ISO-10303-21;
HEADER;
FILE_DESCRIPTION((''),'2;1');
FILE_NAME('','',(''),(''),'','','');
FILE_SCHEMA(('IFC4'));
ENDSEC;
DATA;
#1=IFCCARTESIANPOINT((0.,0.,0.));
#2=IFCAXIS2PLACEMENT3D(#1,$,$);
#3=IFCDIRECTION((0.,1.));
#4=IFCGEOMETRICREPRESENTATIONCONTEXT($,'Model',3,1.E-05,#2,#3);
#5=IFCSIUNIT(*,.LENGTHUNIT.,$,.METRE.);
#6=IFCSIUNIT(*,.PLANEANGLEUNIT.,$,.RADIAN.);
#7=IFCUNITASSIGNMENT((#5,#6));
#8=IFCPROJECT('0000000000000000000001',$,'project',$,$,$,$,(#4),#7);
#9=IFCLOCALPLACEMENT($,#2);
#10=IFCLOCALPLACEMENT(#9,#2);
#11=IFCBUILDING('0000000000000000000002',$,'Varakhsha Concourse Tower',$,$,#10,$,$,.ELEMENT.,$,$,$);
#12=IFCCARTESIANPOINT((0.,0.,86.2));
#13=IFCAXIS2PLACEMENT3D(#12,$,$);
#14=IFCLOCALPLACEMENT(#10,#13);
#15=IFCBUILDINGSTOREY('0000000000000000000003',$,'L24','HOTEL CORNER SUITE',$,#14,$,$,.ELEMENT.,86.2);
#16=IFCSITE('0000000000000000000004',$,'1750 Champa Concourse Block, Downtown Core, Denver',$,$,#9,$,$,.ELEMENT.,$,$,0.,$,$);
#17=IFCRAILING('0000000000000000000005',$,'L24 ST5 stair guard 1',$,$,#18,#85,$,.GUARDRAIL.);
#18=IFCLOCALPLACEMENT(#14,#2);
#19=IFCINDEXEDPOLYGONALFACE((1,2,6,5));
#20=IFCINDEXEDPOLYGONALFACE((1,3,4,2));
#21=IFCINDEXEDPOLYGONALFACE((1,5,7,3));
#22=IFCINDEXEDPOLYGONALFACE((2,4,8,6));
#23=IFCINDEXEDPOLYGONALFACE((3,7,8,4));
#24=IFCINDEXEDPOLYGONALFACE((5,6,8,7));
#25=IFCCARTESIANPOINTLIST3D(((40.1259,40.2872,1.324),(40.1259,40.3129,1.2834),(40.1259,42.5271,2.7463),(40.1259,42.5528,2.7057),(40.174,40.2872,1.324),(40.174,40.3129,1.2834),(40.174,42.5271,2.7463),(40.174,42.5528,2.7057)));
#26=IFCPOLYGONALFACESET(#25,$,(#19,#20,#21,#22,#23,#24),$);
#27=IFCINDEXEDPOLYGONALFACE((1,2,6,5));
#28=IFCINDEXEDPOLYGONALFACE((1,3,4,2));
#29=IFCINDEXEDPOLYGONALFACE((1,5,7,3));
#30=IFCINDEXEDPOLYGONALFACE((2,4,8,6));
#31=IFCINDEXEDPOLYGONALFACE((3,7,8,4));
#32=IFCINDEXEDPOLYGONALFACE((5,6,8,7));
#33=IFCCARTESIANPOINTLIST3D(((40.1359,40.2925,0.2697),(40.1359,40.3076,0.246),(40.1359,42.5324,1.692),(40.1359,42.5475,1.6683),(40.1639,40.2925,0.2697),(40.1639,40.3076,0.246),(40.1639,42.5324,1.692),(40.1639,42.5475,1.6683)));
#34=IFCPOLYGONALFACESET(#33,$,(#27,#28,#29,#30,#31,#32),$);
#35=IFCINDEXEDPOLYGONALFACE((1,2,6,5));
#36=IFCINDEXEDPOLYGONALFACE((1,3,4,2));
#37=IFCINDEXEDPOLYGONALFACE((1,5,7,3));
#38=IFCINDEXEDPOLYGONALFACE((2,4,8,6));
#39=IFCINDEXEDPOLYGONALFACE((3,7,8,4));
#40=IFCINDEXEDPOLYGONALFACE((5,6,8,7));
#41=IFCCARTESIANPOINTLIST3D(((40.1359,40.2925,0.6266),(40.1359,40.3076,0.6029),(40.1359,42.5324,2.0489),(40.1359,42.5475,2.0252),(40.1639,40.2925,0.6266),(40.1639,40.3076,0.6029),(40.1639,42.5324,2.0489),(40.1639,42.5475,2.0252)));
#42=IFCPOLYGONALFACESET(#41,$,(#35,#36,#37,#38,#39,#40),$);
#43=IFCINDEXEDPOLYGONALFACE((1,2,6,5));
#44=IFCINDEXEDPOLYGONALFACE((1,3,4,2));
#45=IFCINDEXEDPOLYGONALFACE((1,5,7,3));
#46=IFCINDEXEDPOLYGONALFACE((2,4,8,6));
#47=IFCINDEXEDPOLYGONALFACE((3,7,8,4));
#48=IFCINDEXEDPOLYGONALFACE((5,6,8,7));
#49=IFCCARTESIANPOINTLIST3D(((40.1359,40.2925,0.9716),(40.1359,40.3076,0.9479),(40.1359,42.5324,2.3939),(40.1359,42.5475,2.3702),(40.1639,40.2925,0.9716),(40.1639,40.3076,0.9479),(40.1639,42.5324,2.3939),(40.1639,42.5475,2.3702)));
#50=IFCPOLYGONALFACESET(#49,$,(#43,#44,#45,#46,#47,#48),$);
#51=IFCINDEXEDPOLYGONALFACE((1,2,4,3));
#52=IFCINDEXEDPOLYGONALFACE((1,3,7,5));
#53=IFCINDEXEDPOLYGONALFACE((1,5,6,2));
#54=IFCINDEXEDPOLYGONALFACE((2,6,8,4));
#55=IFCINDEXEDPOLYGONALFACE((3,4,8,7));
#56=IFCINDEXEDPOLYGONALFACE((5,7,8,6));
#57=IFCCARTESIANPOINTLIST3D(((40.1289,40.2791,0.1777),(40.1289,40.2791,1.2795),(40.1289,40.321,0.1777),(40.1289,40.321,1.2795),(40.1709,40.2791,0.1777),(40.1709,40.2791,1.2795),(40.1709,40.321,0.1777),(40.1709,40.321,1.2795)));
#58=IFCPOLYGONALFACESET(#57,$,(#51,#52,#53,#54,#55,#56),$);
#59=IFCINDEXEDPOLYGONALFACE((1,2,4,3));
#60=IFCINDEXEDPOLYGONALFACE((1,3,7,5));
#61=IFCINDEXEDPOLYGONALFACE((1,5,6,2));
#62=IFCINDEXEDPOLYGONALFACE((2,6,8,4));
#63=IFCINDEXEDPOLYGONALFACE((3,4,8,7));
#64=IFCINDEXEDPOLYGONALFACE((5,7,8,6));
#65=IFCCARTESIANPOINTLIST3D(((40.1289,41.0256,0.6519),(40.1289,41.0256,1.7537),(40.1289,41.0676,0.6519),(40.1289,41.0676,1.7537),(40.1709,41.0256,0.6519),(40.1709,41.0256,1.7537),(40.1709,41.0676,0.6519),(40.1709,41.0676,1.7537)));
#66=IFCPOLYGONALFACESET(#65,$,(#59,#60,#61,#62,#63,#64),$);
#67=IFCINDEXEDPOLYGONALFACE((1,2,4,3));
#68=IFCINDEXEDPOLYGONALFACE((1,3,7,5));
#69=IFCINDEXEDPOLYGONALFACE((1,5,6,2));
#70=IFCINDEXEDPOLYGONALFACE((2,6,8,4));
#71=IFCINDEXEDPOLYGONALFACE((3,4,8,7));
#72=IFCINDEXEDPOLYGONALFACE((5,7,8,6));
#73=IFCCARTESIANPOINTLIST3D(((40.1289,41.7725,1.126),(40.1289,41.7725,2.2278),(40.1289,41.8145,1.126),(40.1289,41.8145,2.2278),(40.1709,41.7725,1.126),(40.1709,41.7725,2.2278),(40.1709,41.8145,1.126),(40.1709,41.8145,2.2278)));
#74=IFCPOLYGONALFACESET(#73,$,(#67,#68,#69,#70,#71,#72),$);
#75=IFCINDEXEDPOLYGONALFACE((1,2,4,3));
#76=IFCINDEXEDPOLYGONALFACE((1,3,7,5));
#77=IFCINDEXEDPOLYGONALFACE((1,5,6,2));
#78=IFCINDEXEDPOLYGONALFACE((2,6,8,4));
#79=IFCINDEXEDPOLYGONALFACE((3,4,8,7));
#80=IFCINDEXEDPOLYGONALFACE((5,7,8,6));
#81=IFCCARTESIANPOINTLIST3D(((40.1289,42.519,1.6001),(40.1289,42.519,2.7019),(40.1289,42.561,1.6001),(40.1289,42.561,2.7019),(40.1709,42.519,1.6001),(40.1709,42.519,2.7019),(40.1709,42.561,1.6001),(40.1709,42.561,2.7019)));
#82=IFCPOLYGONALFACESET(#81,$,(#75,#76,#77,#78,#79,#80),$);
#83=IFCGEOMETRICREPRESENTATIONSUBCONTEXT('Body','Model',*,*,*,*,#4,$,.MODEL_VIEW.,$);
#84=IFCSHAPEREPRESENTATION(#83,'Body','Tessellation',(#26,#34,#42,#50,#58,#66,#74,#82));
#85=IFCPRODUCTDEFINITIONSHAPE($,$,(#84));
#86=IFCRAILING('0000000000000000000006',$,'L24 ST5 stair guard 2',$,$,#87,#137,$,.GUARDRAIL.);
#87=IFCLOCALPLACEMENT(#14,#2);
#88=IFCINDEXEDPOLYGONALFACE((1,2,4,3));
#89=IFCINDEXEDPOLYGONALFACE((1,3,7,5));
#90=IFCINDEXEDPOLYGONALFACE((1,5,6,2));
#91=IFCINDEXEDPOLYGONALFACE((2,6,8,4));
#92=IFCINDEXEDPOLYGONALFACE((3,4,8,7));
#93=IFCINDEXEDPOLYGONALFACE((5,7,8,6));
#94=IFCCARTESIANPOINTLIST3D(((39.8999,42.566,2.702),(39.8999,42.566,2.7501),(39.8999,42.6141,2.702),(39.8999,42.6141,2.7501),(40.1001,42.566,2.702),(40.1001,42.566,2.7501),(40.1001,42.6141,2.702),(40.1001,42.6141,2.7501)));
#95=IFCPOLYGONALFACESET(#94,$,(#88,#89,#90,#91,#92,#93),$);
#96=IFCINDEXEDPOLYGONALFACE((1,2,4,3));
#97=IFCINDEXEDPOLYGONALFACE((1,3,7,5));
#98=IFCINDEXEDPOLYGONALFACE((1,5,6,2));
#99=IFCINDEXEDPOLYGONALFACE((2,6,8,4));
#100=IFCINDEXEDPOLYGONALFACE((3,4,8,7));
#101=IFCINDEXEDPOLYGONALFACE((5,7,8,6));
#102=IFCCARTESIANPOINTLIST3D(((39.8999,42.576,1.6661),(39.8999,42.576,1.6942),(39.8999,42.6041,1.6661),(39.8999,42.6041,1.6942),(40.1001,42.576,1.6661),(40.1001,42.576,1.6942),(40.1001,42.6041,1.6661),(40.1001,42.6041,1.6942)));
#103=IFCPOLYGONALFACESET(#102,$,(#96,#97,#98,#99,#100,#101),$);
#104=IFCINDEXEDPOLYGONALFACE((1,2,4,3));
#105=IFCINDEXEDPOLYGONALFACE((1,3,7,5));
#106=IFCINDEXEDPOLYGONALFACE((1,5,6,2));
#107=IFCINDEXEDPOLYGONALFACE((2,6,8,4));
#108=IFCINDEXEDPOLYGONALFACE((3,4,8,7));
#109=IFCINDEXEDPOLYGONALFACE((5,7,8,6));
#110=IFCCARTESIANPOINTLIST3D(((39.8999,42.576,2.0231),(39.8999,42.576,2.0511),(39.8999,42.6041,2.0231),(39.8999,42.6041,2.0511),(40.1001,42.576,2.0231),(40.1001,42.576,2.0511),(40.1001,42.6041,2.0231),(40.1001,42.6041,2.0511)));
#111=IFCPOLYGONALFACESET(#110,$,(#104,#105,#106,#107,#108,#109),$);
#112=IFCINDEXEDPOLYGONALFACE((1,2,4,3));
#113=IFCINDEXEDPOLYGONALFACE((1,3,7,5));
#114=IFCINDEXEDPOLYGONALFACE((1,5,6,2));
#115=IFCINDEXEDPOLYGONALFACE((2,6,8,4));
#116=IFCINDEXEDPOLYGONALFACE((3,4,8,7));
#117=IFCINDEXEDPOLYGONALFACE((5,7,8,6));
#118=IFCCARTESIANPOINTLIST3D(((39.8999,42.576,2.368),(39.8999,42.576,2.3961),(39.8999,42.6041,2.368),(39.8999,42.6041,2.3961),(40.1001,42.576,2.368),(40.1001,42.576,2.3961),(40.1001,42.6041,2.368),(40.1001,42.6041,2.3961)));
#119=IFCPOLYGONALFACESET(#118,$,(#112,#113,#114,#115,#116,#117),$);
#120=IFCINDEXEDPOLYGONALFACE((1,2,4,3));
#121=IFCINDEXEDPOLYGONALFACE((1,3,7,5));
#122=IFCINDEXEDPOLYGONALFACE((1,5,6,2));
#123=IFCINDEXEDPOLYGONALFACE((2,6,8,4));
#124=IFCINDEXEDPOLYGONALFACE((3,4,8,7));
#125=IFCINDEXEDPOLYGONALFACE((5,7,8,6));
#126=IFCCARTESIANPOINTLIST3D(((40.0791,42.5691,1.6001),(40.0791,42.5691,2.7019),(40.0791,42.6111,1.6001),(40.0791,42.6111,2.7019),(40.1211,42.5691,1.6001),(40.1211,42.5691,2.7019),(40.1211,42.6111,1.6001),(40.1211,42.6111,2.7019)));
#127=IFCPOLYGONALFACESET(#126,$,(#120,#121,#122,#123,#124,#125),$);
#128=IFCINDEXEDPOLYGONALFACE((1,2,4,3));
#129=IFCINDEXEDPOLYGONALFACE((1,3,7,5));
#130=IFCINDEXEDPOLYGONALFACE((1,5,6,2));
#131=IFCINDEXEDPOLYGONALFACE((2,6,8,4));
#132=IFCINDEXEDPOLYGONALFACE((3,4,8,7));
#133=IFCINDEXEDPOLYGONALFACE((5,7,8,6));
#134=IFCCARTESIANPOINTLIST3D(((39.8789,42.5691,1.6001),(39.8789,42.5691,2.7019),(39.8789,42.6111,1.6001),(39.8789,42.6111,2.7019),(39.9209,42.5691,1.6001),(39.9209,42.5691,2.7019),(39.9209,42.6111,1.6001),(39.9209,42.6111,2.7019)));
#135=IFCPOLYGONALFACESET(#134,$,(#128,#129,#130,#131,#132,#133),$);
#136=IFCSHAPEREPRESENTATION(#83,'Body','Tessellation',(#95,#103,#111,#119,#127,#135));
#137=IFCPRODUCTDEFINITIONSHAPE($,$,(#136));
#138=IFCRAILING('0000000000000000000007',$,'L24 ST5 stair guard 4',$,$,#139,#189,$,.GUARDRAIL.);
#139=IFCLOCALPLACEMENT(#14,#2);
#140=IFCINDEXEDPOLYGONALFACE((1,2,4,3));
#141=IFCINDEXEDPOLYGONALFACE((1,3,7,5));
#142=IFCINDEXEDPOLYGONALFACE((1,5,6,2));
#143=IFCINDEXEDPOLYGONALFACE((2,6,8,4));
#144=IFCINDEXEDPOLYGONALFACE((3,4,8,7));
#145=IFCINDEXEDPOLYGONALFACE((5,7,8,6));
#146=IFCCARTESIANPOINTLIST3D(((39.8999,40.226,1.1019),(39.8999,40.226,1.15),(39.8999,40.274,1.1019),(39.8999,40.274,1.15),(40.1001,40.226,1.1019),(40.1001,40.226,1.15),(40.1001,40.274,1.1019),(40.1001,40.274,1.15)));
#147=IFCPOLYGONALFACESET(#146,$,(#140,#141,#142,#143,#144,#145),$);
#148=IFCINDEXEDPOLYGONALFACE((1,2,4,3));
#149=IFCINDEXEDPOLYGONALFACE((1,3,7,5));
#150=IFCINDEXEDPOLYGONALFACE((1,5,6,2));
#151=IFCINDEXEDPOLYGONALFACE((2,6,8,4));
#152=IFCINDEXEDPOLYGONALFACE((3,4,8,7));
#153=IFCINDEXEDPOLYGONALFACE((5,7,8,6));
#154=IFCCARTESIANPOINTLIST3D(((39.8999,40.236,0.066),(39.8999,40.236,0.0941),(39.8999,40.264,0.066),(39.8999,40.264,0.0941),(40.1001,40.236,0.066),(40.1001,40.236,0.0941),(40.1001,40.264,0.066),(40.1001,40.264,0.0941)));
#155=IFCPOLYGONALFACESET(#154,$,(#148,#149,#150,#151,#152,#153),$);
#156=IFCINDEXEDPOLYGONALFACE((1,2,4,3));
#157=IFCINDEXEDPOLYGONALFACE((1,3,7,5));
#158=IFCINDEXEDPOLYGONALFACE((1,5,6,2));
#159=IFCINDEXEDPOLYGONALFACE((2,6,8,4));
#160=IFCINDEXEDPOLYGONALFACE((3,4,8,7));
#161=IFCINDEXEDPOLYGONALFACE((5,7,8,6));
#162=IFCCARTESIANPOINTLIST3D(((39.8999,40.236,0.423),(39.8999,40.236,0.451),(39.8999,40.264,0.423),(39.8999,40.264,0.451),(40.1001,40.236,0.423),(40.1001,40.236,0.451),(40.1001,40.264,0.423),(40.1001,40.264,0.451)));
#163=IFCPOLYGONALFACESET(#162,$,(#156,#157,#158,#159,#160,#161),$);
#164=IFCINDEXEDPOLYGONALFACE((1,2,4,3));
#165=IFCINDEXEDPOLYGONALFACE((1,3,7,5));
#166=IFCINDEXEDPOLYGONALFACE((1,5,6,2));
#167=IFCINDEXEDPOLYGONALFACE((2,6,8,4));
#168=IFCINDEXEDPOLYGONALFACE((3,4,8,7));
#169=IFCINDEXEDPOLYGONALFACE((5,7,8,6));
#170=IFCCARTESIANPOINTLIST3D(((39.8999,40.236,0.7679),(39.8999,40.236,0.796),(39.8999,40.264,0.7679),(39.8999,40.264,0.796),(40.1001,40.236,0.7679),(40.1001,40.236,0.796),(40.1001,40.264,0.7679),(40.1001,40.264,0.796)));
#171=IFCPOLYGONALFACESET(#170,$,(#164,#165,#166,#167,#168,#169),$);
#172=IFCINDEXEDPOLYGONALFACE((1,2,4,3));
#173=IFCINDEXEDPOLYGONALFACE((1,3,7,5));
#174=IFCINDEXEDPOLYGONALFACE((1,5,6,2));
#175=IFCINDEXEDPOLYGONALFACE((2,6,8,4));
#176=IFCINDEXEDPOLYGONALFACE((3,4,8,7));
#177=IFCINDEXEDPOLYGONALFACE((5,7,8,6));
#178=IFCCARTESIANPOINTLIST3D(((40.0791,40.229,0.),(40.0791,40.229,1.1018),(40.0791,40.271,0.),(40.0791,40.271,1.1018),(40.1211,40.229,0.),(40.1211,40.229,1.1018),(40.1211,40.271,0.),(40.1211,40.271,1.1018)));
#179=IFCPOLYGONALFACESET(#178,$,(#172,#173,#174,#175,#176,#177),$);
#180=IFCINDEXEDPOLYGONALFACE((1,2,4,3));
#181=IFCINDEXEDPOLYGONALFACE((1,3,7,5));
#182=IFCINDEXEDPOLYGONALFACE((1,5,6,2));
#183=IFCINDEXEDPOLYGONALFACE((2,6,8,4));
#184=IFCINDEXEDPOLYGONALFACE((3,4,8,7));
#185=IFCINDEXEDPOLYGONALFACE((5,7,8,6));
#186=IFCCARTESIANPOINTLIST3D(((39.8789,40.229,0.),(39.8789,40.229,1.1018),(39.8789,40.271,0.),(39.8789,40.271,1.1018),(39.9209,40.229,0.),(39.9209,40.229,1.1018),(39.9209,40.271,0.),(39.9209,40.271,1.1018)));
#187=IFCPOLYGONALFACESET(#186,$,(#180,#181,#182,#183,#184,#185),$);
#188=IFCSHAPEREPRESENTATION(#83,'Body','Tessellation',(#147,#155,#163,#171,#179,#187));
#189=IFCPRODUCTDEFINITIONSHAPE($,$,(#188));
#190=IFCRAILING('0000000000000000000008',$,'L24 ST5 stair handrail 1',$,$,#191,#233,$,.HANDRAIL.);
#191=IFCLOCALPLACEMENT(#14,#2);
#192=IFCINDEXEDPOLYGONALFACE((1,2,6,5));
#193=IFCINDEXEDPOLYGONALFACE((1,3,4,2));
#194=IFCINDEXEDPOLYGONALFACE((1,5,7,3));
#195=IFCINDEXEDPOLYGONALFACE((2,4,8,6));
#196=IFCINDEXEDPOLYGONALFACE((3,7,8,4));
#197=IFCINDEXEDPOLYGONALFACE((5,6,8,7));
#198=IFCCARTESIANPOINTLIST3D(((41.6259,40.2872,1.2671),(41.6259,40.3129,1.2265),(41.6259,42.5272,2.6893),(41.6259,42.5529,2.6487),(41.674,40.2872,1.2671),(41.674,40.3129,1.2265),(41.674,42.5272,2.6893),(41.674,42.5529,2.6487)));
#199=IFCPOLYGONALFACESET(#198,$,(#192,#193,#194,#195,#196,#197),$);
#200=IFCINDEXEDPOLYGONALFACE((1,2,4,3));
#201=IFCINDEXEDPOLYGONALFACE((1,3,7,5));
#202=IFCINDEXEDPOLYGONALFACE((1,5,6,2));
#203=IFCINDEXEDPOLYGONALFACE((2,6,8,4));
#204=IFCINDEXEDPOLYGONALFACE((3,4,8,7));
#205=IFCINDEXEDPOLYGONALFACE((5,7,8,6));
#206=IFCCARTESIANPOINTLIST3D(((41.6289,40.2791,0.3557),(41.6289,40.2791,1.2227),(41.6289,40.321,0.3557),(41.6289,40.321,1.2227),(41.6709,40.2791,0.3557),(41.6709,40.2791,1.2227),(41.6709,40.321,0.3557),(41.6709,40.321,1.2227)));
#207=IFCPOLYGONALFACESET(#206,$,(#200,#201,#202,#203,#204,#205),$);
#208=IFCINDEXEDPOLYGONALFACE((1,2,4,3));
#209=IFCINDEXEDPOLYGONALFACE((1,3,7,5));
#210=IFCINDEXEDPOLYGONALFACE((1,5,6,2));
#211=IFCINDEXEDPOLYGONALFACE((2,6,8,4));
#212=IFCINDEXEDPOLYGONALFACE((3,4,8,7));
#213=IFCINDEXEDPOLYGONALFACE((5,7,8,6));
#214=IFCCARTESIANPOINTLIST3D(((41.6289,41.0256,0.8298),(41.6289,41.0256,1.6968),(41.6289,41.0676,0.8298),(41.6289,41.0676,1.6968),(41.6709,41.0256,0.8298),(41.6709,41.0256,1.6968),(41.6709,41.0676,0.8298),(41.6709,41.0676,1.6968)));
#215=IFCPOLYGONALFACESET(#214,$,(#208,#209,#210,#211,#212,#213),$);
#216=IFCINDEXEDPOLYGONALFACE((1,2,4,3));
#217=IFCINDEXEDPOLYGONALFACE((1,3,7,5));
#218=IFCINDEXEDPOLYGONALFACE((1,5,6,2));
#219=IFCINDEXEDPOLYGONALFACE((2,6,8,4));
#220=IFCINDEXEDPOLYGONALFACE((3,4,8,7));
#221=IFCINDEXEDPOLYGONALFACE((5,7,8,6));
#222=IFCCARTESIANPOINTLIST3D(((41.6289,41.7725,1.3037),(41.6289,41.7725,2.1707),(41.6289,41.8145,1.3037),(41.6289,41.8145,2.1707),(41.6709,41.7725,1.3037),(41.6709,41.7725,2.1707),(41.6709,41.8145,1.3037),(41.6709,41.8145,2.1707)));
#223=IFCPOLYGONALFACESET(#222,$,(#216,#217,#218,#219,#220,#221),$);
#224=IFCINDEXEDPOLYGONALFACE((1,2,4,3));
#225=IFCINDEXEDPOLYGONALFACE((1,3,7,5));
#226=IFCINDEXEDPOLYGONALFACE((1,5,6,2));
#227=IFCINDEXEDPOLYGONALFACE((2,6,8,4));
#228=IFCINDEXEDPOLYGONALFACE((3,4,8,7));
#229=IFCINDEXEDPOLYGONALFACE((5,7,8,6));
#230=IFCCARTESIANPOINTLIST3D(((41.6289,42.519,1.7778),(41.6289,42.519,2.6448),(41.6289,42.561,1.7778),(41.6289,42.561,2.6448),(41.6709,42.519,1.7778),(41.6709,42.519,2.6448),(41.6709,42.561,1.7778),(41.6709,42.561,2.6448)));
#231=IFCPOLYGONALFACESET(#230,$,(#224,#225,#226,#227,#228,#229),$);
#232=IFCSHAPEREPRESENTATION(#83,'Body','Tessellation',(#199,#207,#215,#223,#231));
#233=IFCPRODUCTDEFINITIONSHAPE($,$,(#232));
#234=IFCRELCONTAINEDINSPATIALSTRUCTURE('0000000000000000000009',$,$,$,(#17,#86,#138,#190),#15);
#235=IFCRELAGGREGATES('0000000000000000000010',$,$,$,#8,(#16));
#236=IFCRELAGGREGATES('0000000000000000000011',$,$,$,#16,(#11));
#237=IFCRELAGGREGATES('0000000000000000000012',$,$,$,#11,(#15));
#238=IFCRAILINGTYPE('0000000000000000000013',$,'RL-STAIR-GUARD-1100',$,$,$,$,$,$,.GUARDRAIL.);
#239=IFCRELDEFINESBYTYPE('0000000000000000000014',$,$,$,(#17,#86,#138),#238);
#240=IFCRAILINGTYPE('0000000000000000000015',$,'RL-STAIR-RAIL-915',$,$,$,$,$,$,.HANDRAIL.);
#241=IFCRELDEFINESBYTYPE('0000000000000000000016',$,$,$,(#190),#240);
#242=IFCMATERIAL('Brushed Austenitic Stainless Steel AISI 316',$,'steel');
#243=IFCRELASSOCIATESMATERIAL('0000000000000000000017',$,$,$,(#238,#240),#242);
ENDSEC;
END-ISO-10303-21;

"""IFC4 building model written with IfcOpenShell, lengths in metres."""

from ifc_helpers import new_model, si_unit, direction, frame, origin, origin_2d, place, context, subcontext, project, spatial, rectangle, extrude, material, type_object, element, save


model = new_model("IFC4")

# Units and contexts
model_context = context("Model", 3, precision=1e-05, world=origin(), true_north=direction((0.0, 1.0)))
body_context = subcontext(model_context, "Body", "Model", "MODEL_VIEW")
ifc_project = project(units=[si_unit("LENGTHUNIT", "METRE"), si_unit("PLANEANGLEUNIT", "RADIAN")], contexts=[model_context])

# Site, building, storey
site_placement = place(None, origin())
site = spatial("IfcSite", under=ifc_project, at=site_placement, Name="1750 Champa Concourse Block, Downtown Core, Denver", CompositionType="ELEMENT", RefElevation=0.0)
building_placement = place(site_placement, origin())
building = spatial("IfcBuilding", under=site, at=building_placement, Name="Varakhsha Concourse Tower", CompositionType="ELEMENT")
storey_placement = place(building_placement, frame((0.0, 0.0, 86.2)))
storey = spatial("IfcBuildingStorey", under=building, at=storey_placement, Name="L24", Description="HOTEL CORNER SUITE", CompositionType="ELEMENT", Elevation=86.2)

# Railings
ifc_material_1 = material(Name="Brushed Austenitic Stainless Steel AISI 316", Category="steel")
railing_type_1 = type_object("IfcRailingType", Name="RL-STAIR-GUARD-1100", PredefinedType="GUARDRAIL", material=ifc_material_1)
railing_1_placement = place(storey_placement, frame((40.1499, 40.3, 0.1777)))
element("IfcRailing", 1, at=railing_1_placement, inside=storey, type_object=railing_type_1, Name="L24 ST5 stair guard 1", PredefinedType="GUARDRAIL", context=body_context, shape_type="SweptSolid", body=[
    extrude(rectangle(XDim=0.0481, YDim=0.0481, at=origin_2d()), frame((0.0, 0.0, 1.126), z_axis=(0.0, 0.844188, 0.536048), x_axis=(-1.0, 0.0, 0.0)), (0.0, 0.0, 1.0), 2.6533),
    extrude(rectangle(XDim=0.0281, YDim=0.0281, at=origin_2d()), frame((0.0, 0.0, 0.0801), z_axis=(0.0, 0.844188, 0.536048), x_axis=(-1.0, 0.0, 0.0)), (0.0, 0.0, 1.0), 2.6533),
    extrude(rectangle(XDim=0.0281, YDim=0.0281, at=origin_2d()), frame((0.0, 0.0, 0.437), z_axis=(0.0, 0.844188, 0.536048), x_axis=(-1.0, 0.0, 0.0)), (0.0, 0.0, 1.0), 2.6533),
    extrude(rectangle(XDim=0.0281, YDim=0.0281, at=origin_2d()), frame((0.0, 0.0, 0.782), z_axis=(0.0, 0.844188, 0.536048), x_axis=(-1.0, 0.0, 0.0)), (0.0, 0.0, 1.0), 2.6533),
    extrude(rectangle(XDim=0.042, YDim=0.042, at=origin_2d()), origin(), (0.0, 0.0, 1.0), 1.1018),
    extrude(rectangle(XDim=0.042, YDim=0.042, at=origin_2d()), frame((0.0, 0.7466, 0.4741)), (0.0, 0.0, 1.0), 1.1018),
    extrude(rectangle(XDim=0.042, YDim=0.042, at=origin_2d()), frame((0.0, 1.4934, 0.9482)), (0.0, 0.0, 1.0), 1.1018),
    extrude(rectangle(XDim=0.042, YDim=0.042, at=origin_2d()), frame((0.0, 2.24, 1.4224)), (0.0, 0.0, 1.0), 1.1018),
])
for number, where, name in (
    (2, (40.1001, 42.5901, 1.6001), "L24 ST5 stair guard 2"),
    (3, (40.1001, 40.25, 0.0), "L24 ST5 stair guard 4"),
):
    element("IfcRailing", number, at=place(storey_placement, frame(where)), inside=storey, type_object=railing_type_1, Name=name, PredefinedType="GUARDRAIL", context=body_context, shape_type="SweptSolid", body=[
        extrude(rectangle(XDim=0.0481, YDim=0.0481, at=origin_2d()), frame((0.0, 0.0, 1.126), z_axis=(-1.0, 0.0, 0.0), x_axis=(0.0, -1.0, 0.0)), (0.0, 0.0, 1.0), 0.2002),
        extrude(rectangle(XDim=0.0281, YDim=0.0281, at=origin_2d()), frame((0.0, 0.0, 0.0801), z_axis=(-1.0, 0.0, 0.0), x_axis=(0.0, -1.0, 0.0)), (0.0, 0.0, 1.0), 0.2002),
        extrude(rectangle(XDim=0.0281, YDim=0.0281, at=origin_2d()), frame((0.0, 0.0, 0.437), z_axis=(-1.0, 0.0, 0.0), x_axis=(0.0, -1.0, 0.0)), (0.0, 0.0, 1.0), 0.2002),
        extrude(rectangle(XDim=0.0281, YDim=0.0281, at=origin_2d()), frame((0.0, 0.0, 0.782), z_axis=(-1.0, 0.0, 0.0), x_axis=(0.0, -1.0, 0.0)), (0.0, 0.0, 1.0), 0.2002),
        extrude(rectangle(XDim=0.042, YDim=0.042, at=origin_2d()), origin(), (0.0, 0.0, 1.0), 1.1018),
        extrude(rectangle(XDim=0.042, YDim=0.042, at=origin_2d()), frame((-0.2002, 0.0, 0.0)), (0.0, 0.0, 1.0), 1.1018),
    ])
railing_type_2 = type_object("IfcRailingType", Name="RL-STAIR-RAIL-915", PredefinedType="HANDRAIL", material=ifc_material_1)
railing_2_placement = place(storey_placement, frame((41.6499, 40.3, 0.3557)))
element("IfcRailing", 4, at=railing_2_placement, inside=storey, type_object=railing_type_2, Name="L24 ST5 stair handrail 1", PredefinedType="HANDRAIL", context=body_context, shape_type="SweptSolid", body=[
    extrude(rectangle(XDim=0.0481, YDim=0.0481, at=origin_2d()), frame((0.0, 0.0, 0.8911), z_axis=(0.0, 0.844229, 0.535982), x_axis=(-1.0, 0.0, 0.0)), (0.0, 0.0, 1.0), 2.6533),
    extrude(rectangle(XDim=0.042, YDim=0.042, at=origin_2d()), origin(), (0.0, 0.0, 1.0), 0.8669),
    extrude(rectangle(XDim=0.042, YDim=0.042, at=origin_2d()), frame((0.0, 0.7466, 0.4741)), (0.0, 0.0, 1.0), 0.8669),
    extrude(rectangle(XDim=0.042, YDim=0.042, at=origin_2d()), frame((0.0, 1.4934, 0.948)), (0.0, 0.0, 1.0), 0.8669),
    extrude(rectangle(XDim=0.042, YDim=0.042, at=origin_2d()), frame((0.0, 2.24, 1.4221)), (0.0, 0.0, 1.0), 0.8669),
])

save(model, "model.ifc")
